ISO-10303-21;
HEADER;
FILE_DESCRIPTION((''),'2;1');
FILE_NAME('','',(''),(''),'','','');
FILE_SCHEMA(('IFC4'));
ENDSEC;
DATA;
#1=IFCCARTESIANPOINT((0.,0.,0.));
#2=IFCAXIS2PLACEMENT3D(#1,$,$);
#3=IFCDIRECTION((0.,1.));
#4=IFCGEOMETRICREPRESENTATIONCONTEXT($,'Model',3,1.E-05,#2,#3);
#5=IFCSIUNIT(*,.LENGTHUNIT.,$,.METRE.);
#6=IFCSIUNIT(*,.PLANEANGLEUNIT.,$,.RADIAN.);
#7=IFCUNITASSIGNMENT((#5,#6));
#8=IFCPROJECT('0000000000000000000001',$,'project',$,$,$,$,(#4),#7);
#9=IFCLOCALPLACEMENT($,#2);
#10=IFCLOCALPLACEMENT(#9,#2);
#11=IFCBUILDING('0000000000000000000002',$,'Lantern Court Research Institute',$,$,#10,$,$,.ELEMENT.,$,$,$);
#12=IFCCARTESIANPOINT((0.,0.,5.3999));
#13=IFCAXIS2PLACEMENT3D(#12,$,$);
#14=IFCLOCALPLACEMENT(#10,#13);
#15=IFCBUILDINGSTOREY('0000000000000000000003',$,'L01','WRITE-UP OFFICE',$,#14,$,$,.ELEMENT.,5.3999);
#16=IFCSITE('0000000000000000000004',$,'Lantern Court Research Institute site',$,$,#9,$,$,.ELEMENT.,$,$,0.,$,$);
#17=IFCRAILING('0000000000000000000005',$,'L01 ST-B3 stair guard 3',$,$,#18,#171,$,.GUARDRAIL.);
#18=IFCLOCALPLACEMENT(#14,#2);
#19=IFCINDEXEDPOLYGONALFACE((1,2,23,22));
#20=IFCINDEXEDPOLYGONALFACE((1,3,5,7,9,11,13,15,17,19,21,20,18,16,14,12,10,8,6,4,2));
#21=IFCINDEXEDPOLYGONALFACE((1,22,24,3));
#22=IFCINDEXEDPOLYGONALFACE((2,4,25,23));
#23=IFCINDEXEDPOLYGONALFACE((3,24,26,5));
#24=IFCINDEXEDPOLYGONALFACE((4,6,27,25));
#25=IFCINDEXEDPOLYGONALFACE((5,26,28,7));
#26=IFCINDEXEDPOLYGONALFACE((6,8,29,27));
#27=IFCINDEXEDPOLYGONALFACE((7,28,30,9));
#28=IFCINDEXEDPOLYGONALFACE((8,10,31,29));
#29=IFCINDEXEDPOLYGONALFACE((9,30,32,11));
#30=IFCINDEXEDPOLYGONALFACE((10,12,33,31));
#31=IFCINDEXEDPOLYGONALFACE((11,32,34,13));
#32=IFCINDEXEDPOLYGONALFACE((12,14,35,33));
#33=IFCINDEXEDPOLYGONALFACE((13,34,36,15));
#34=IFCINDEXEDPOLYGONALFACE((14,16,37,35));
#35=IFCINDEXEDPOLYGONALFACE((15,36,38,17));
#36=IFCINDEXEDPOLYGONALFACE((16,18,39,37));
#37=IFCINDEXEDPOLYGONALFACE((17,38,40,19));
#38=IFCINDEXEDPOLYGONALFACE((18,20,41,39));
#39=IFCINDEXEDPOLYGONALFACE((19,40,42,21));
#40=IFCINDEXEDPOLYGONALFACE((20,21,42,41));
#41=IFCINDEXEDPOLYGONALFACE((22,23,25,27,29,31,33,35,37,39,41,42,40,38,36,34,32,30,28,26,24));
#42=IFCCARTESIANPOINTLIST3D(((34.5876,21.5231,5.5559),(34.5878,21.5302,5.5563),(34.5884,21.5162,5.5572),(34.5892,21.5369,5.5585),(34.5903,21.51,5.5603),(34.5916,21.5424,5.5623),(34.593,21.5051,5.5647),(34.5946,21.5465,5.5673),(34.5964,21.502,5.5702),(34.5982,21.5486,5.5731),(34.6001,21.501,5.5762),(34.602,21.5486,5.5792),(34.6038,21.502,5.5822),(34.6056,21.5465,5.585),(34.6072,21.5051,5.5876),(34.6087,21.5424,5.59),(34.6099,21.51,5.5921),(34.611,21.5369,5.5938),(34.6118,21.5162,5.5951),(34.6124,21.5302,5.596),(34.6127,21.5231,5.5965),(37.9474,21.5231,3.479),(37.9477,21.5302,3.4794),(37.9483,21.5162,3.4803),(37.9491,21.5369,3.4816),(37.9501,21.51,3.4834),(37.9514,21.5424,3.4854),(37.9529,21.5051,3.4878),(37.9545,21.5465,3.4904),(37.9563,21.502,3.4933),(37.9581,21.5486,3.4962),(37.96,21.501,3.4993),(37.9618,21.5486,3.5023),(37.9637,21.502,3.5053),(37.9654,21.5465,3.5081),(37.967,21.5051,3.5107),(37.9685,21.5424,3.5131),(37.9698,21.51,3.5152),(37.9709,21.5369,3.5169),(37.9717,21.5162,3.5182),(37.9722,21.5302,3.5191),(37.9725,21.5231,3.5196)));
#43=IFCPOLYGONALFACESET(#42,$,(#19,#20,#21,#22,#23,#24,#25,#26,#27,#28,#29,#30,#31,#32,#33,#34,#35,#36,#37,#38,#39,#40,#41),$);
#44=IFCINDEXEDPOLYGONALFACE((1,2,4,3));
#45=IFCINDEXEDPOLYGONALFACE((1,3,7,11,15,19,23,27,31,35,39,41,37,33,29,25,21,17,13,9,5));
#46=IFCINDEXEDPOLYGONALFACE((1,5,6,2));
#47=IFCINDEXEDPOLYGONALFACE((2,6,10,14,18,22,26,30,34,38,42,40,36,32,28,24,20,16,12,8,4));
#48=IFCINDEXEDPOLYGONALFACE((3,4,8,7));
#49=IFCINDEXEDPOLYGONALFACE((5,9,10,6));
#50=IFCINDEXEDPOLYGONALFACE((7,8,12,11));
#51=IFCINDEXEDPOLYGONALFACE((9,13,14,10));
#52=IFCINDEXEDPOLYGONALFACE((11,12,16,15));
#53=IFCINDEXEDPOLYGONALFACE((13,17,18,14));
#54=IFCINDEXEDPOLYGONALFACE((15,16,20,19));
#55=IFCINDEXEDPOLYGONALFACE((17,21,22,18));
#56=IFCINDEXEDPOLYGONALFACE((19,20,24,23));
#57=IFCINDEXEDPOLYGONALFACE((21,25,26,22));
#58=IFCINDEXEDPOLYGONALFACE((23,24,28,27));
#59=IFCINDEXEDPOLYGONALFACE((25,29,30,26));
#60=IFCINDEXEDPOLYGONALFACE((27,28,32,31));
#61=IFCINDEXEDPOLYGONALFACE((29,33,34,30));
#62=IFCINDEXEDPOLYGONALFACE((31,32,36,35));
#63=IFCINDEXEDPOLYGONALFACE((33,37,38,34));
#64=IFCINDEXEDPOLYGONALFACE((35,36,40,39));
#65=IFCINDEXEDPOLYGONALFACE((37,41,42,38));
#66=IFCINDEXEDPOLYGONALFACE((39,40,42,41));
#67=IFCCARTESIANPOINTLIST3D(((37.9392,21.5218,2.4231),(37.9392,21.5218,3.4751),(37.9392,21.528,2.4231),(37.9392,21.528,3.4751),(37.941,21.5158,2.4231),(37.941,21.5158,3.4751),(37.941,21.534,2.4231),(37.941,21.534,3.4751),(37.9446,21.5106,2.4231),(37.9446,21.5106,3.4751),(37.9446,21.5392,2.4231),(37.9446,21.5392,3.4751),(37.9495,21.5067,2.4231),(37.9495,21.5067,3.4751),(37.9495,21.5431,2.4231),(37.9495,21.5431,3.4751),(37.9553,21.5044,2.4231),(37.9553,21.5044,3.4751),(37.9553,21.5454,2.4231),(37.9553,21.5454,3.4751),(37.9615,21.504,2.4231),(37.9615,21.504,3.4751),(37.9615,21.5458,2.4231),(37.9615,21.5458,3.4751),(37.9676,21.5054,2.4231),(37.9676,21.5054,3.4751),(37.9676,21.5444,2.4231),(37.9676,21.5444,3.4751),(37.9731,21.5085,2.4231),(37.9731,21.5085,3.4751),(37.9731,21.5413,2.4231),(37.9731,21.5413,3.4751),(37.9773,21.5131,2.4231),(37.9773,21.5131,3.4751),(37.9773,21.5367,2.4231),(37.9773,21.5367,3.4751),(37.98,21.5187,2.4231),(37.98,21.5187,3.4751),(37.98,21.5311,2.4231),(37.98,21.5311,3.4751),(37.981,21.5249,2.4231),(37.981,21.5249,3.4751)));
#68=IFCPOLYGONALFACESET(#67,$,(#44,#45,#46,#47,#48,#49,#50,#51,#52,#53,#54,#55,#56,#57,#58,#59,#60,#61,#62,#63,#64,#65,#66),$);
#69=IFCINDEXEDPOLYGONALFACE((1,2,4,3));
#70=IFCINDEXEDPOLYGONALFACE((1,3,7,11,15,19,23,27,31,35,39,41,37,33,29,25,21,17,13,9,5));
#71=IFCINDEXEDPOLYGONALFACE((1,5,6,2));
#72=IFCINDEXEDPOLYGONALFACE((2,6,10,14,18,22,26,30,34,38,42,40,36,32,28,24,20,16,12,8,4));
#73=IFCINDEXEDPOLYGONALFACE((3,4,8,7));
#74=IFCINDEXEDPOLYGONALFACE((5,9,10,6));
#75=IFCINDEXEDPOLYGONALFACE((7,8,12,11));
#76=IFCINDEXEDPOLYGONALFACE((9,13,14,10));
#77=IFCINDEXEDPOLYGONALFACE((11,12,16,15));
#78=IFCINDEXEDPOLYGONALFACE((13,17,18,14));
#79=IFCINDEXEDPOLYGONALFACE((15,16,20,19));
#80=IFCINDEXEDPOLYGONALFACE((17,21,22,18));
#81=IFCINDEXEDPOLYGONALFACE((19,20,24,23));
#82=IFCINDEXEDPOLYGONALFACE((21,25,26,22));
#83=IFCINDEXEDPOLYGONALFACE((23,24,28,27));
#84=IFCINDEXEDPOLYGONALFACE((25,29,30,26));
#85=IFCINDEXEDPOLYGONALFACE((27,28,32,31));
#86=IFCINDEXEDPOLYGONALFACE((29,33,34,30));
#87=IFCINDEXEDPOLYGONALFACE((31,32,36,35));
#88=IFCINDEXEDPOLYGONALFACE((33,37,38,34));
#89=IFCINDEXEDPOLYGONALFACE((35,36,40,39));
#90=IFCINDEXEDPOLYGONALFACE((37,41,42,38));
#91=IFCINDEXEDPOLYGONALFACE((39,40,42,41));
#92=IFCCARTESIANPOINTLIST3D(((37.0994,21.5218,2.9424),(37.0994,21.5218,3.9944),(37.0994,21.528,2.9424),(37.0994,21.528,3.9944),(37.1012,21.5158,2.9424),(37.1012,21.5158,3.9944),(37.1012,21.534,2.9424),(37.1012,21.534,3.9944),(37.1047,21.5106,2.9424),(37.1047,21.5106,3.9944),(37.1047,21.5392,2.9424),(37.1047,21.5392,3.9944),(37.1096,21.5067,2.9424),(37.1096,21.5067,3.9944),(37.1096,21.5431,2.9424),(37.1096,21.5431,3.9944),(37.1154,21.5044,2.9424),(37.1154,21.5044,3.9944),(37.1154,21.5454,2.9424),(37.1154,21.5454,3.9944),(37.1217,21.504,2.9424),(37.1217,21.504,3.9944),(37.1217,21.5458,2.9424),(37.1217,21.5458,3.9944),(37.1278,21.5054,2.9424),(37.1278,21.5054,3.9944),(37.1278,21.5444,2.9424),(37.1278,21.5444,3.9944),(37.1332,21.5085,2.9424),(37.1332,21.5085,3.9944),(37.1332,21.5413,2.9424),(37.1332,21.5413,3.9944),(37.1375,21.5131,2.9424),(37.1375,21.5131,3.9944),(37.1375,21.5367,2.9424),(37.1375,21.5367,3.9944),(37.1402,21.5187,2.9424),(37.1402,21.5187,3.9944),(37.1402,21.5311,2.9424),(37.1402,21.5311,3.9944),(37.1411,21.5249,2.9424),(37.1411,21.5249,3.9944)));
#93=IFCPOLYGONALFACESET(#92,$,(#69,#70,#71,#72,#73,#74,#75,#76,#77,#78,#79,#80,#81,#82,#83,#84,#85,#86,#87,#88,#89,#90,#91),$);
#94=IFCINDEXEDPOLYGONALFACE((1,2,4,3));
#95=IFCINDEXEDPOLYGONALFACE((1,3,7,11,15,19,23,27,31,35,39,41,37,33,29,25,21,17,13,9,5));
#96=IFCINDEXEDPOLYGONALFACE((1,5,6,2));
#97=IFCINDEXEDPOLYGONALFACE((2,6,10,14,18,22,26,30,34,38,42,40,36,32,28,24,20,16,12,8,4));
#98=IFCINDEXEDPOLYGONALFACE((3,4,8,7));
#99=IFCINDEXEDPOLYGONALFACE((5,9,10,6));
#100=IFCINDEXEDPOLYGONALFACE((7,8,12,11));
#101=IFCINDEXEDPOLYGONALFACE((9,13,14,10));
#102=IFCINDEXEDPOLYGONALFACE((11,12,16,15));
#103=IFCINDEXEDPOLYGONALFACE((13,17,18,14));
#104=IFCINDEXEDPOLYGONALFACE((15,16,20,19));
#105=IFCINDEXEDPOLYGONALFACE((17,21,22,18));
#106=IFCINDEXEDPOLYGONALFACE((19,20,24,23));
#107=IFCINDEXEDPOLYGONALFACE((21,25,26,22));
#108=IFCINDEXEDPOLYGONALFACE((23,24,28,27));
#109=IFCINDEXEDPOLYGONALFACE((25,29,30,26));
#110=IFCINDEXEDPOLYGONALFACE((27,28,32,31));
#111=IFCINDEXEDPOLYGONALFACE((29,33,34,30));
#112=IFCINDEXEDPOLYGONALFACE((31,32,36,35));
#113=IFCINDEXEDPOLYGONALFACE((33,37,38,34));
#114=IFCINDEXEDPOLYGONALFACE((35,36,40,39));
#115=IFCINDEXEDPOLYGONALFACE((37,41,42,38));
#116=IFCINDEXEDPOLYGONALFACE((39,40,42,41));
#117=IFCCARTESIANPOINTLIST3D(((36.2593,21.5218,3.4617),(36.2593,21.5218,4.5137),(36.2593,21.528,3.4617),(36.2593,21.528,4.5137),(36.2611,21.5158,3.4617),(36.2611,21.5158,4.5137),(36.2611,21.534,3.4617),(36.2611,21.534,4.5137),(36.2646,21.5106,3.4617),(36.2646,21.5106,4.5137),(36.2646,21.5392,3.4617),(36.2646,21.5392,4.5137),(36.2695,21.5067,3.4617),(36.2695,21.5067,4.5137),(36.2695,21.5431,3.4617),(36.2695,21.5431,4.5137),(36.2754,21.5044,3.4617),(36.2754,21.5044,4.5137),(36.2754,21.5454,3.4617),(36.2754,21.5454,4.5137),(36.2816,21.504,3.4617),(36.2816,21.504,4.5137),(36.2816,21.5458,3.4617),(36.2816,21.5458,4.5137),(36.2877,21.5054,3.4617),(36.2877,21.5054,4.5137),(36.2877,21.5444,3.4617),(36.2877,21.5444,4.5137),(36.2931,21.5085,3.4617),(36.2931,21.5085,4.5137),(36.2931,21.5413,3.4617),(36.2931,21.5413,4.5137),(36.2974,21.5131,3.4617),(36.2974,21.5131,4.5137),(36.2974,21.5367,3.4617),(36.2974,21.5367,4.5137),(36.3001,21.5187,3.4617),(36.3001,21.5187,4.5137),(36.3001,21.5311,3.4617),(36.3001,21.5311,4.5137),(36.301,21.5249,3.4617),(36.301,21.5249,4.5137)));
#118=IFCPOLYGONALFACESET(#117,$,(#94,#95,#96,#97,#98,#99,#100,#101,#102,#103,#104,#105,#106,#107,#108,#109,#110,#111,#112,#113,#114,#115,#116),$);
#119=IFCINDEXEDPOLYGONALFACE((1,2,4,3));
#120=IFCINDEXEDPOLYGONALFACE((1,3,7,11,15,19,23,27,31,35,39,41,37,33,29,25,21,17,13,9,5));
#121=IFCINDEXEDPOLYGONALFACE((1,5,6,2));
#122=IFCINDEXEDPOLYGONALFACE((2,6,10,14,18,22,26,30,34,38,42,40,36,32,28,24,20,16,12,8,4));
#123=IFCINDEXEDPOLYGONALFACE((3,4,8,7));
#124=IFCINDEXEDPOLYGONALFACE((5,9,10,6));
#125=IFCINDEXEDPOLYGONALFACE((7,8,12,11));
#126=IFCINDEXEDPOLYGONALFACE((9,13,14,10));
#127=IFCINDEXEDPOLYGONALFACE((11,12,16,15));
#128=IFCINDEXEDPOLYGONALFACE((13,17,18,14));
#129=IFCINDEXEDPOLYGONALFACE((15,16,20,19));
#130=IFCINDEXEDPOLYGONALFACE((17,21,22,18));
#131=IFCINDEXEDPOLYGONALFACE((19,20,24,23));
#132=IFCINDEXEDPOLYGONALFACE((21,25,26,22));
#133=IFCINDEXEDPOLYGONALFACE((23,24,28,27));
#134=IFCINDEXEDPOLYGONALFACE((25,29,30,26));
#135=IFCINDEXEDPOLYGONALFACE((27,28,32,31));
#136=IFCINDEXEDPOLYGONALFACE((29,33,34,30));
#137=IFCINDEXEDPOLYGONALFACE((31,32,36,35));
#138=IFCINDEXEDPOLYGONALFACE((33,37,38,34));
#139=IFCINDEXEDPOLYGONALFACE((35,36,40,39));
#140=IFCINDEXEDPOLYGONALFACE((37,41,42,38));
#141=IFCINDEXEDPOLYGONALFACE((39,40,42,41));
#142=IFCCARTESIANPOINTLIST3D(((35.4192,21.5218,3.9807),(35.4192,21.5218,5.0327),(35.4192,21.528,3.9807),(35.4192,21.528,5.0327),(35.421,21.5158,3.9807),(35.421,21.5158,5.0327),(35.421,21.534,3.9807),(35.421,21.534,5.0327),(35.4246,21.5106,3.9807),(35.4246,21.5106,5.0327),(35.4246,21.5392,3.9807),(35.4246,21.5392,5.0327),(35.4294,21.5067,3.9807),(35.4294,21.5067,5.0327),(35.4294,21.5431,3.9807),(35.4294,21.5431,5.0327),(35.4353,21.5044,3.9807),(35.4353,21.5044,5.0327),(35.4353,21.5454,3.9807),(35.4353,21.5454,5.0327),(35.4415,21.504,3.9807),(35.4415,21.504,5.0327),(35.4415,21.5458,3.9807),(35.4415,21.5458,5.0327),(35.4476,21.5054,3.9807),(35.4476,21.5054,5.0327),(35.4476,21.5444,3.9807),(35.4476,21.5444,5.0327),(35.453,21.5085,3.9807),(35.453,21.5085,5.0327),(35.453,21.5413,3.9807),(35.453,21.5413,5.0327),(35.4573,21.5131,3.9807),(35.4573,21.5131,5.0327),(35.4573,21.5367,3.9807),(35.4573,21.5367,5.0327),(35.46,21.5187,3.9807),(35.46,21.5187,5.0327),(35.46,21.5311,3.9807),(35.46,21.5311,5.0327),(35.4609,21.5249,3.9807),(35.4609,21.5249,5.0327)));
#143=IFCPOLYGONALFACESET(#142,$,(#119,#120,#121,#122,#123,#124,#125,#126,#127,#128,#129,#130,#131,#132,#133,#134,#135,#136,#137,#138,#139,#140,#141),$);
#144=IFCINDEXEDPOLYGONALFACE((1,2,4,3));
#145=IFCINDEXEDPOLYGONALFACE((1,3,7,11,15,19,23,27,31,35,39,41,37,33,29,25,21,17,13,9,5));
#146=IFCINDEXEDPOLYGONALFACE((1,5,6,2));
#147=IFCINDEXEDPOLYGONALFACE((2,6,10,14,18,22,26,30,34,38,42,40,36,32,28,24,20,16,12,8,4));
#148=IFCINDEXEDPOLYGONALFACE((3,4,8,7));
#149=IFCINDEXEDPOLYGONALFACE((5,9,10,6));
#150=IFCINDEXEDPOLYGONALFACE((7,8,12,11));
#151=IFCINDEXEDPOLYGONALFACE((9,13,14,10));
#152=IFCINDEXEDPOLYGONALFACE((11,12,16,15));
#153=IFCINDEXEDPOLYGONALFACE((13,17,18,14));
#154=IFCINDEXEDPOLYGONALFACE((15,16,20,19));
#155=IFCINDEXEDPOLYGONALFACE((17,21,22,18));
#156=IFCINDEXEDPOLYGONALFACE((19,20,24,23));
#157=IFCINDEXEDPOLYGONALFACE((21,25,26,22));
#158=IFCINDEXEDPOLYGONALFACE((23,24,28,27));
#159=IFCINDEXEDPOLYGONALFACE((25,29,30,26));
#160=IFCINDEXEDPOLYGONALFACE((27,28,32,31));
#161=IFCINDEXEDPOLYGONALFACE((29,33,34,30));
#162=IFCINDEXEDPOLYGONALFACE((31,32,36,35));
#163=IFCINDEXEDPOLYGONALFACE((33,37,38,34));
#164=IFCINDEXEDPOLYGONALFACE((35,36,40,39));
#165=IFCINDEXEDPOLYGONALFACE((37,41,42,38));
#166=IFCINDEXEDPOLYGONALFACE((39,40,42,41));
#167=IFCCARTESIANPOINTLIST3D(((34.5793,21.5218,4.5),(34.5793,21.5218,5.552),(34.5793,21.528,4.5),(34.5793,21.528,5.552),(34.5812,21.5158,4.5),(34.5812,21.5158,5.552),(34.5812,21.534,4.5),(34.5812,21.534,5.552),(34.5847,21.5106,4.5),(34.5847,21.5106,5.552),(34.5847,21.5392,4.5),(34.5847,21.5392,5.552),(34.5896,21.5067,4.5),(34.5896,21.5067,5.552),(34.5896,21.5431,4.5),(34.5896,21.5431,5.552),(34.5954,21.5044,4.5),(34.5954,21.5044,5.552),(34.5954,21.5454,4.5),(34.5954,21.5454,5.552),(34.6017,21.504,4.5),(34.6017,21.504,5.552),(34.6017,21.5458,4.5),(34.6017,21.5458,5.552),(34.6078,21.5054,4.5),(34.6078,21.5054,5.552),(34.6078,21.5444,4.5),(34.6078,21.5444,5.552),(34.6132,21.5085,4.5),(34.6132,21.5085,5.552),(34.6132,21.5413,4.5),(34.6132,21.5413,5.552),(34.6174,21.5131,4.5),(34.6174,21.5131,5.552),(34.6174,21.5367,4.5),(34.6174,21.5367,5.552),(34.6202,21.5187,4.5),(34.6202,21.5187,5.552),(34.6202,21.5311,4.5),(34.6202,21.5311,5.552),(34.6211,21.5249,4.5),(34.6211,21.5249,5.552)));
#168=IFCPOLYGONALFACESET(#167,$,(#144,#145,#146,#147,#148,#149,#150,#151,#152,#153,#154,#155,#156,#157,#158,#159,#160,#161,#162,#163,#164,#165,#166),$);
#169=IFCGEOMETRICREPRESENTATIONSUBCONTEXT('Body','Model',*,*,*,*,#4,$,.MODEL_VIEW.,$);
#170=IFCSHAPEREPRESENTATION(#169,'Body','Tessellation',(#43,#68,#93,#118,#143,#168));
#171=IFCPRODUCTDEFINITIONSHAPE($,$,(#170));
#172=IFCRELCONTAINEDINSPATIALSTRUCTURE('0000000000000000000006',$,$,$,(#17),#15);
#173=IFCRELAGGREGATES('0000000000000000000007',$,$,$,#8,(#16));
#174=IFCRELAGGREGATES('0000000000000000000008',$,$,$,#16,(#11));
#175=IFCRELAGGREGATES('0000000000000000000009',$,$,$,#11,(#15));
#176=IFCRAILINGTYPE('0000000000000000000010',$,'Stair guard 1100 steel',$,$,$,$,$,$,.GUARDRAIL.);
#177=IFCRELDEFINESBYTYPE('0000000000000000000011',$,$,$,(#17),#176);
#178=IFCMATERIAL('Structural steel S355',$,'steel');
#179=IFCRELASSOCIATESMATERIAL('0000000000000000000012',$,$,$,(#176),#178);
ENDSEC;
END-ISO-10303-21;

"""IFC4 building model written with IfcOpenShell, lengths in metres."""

from ifc_helpers import new_model, si_unit, direction, frame, origin, origin_2d, place, context, subcontext, project, spatial, circle, extrude, material, type_object, element, save


model = new_model("IFC4")

# Units and contexts
model_context = context("Model", 3, precision=1e-05, world=origin(), true_north=direction((0.0, 1.0)))
body_context = subcontext(model_context, "Body", "Model", "MODEL_VIEW")
ifc_project = project(units=[si_unit("LENGTHUNIT", "METRE"), si_unit("PLANEANGLEUNIT", "RADIAN")], contexts=[model_context])

# Site, building, storey
site_placement = place(None, origin())
site = spatial("IfcSite", under=ifc_project, at=site_placement, Name="Lantern Court Research Institute site", CompositionType="ELEMENT", RefElevation=0.0)
building_placement = place(site_placement, origin())
building = spatial("IfcBuilding", under=site, at=building_placement, Name="Lantern Court Research Institute", CompositionType="ELEMENT")
storey_placement = place(building_placement, frame((0.0, 0.0, 5.3999)))
storey = spatial("IfcBuildingStorey", under=building, at=storey_placement, Name="L01", Description="WRITE-UP OFFICE", CompositionType="ELEMENT", Elevation=5.3999)

# Railing
ifc_material_1 = material(Name="Structural steel S355", Category="steel")
railing_type_1 = type_object("IfcRailingType", Name="Stair guard 1100 steel", PredefinedType="GUARDRAIL", material=ifc_material_1)
railing_1_placement = place(storey_placement, frame((37.96, 21.5249, 2.4231)))
element("IfcRailing", 1, at=railing_1_placement, inside=storey, type_object=railing_type_1, Name="L01 ST-B3 stair guard 3", PredefinedType="GUARDRAIL", context=body_context, shape_type="SweptSolid", body=[
    extrude(circle(Radius=0.0239, at=origin_2d()), frame((0.0, 0.0, 1.0762), z_axis=(-0.850606, 0.0, 0.525803), x_axis=(0.0, -1.0, 0.0)), (0.0, 0.0, 1.0), 3.95),
    extrude(circle(Radius=0.021, at=origin_2d()), origin(), (0.0, 0.0, 1.0), 1.052),
    extrude(circle(Radius=0.021, at=origin_2d()), frame((-0.8398, 0.0, 0.5193)), (0.0, 0.0, 1.0), 1.052),
    extrude(circle(Radius=0.021, at=origin_2d()), frame((-1.6799, 0.0, 1.0386)), (0.0, 0.0, 1.0), 1.052),
    extrude(circle(Radius=0.021, at=origin_2d()), frame((-2.52, 0.0, 1.5576)), (0.0, 0.0, 1.0), 1.052),
    extrude(circle(Radius=0.021, at=origin_2d()), frame((-3.3599, 0.0, 2.0769)), (0.0, 0.0, 1.0), 1.052),
])

save(model, "model.ifc")
